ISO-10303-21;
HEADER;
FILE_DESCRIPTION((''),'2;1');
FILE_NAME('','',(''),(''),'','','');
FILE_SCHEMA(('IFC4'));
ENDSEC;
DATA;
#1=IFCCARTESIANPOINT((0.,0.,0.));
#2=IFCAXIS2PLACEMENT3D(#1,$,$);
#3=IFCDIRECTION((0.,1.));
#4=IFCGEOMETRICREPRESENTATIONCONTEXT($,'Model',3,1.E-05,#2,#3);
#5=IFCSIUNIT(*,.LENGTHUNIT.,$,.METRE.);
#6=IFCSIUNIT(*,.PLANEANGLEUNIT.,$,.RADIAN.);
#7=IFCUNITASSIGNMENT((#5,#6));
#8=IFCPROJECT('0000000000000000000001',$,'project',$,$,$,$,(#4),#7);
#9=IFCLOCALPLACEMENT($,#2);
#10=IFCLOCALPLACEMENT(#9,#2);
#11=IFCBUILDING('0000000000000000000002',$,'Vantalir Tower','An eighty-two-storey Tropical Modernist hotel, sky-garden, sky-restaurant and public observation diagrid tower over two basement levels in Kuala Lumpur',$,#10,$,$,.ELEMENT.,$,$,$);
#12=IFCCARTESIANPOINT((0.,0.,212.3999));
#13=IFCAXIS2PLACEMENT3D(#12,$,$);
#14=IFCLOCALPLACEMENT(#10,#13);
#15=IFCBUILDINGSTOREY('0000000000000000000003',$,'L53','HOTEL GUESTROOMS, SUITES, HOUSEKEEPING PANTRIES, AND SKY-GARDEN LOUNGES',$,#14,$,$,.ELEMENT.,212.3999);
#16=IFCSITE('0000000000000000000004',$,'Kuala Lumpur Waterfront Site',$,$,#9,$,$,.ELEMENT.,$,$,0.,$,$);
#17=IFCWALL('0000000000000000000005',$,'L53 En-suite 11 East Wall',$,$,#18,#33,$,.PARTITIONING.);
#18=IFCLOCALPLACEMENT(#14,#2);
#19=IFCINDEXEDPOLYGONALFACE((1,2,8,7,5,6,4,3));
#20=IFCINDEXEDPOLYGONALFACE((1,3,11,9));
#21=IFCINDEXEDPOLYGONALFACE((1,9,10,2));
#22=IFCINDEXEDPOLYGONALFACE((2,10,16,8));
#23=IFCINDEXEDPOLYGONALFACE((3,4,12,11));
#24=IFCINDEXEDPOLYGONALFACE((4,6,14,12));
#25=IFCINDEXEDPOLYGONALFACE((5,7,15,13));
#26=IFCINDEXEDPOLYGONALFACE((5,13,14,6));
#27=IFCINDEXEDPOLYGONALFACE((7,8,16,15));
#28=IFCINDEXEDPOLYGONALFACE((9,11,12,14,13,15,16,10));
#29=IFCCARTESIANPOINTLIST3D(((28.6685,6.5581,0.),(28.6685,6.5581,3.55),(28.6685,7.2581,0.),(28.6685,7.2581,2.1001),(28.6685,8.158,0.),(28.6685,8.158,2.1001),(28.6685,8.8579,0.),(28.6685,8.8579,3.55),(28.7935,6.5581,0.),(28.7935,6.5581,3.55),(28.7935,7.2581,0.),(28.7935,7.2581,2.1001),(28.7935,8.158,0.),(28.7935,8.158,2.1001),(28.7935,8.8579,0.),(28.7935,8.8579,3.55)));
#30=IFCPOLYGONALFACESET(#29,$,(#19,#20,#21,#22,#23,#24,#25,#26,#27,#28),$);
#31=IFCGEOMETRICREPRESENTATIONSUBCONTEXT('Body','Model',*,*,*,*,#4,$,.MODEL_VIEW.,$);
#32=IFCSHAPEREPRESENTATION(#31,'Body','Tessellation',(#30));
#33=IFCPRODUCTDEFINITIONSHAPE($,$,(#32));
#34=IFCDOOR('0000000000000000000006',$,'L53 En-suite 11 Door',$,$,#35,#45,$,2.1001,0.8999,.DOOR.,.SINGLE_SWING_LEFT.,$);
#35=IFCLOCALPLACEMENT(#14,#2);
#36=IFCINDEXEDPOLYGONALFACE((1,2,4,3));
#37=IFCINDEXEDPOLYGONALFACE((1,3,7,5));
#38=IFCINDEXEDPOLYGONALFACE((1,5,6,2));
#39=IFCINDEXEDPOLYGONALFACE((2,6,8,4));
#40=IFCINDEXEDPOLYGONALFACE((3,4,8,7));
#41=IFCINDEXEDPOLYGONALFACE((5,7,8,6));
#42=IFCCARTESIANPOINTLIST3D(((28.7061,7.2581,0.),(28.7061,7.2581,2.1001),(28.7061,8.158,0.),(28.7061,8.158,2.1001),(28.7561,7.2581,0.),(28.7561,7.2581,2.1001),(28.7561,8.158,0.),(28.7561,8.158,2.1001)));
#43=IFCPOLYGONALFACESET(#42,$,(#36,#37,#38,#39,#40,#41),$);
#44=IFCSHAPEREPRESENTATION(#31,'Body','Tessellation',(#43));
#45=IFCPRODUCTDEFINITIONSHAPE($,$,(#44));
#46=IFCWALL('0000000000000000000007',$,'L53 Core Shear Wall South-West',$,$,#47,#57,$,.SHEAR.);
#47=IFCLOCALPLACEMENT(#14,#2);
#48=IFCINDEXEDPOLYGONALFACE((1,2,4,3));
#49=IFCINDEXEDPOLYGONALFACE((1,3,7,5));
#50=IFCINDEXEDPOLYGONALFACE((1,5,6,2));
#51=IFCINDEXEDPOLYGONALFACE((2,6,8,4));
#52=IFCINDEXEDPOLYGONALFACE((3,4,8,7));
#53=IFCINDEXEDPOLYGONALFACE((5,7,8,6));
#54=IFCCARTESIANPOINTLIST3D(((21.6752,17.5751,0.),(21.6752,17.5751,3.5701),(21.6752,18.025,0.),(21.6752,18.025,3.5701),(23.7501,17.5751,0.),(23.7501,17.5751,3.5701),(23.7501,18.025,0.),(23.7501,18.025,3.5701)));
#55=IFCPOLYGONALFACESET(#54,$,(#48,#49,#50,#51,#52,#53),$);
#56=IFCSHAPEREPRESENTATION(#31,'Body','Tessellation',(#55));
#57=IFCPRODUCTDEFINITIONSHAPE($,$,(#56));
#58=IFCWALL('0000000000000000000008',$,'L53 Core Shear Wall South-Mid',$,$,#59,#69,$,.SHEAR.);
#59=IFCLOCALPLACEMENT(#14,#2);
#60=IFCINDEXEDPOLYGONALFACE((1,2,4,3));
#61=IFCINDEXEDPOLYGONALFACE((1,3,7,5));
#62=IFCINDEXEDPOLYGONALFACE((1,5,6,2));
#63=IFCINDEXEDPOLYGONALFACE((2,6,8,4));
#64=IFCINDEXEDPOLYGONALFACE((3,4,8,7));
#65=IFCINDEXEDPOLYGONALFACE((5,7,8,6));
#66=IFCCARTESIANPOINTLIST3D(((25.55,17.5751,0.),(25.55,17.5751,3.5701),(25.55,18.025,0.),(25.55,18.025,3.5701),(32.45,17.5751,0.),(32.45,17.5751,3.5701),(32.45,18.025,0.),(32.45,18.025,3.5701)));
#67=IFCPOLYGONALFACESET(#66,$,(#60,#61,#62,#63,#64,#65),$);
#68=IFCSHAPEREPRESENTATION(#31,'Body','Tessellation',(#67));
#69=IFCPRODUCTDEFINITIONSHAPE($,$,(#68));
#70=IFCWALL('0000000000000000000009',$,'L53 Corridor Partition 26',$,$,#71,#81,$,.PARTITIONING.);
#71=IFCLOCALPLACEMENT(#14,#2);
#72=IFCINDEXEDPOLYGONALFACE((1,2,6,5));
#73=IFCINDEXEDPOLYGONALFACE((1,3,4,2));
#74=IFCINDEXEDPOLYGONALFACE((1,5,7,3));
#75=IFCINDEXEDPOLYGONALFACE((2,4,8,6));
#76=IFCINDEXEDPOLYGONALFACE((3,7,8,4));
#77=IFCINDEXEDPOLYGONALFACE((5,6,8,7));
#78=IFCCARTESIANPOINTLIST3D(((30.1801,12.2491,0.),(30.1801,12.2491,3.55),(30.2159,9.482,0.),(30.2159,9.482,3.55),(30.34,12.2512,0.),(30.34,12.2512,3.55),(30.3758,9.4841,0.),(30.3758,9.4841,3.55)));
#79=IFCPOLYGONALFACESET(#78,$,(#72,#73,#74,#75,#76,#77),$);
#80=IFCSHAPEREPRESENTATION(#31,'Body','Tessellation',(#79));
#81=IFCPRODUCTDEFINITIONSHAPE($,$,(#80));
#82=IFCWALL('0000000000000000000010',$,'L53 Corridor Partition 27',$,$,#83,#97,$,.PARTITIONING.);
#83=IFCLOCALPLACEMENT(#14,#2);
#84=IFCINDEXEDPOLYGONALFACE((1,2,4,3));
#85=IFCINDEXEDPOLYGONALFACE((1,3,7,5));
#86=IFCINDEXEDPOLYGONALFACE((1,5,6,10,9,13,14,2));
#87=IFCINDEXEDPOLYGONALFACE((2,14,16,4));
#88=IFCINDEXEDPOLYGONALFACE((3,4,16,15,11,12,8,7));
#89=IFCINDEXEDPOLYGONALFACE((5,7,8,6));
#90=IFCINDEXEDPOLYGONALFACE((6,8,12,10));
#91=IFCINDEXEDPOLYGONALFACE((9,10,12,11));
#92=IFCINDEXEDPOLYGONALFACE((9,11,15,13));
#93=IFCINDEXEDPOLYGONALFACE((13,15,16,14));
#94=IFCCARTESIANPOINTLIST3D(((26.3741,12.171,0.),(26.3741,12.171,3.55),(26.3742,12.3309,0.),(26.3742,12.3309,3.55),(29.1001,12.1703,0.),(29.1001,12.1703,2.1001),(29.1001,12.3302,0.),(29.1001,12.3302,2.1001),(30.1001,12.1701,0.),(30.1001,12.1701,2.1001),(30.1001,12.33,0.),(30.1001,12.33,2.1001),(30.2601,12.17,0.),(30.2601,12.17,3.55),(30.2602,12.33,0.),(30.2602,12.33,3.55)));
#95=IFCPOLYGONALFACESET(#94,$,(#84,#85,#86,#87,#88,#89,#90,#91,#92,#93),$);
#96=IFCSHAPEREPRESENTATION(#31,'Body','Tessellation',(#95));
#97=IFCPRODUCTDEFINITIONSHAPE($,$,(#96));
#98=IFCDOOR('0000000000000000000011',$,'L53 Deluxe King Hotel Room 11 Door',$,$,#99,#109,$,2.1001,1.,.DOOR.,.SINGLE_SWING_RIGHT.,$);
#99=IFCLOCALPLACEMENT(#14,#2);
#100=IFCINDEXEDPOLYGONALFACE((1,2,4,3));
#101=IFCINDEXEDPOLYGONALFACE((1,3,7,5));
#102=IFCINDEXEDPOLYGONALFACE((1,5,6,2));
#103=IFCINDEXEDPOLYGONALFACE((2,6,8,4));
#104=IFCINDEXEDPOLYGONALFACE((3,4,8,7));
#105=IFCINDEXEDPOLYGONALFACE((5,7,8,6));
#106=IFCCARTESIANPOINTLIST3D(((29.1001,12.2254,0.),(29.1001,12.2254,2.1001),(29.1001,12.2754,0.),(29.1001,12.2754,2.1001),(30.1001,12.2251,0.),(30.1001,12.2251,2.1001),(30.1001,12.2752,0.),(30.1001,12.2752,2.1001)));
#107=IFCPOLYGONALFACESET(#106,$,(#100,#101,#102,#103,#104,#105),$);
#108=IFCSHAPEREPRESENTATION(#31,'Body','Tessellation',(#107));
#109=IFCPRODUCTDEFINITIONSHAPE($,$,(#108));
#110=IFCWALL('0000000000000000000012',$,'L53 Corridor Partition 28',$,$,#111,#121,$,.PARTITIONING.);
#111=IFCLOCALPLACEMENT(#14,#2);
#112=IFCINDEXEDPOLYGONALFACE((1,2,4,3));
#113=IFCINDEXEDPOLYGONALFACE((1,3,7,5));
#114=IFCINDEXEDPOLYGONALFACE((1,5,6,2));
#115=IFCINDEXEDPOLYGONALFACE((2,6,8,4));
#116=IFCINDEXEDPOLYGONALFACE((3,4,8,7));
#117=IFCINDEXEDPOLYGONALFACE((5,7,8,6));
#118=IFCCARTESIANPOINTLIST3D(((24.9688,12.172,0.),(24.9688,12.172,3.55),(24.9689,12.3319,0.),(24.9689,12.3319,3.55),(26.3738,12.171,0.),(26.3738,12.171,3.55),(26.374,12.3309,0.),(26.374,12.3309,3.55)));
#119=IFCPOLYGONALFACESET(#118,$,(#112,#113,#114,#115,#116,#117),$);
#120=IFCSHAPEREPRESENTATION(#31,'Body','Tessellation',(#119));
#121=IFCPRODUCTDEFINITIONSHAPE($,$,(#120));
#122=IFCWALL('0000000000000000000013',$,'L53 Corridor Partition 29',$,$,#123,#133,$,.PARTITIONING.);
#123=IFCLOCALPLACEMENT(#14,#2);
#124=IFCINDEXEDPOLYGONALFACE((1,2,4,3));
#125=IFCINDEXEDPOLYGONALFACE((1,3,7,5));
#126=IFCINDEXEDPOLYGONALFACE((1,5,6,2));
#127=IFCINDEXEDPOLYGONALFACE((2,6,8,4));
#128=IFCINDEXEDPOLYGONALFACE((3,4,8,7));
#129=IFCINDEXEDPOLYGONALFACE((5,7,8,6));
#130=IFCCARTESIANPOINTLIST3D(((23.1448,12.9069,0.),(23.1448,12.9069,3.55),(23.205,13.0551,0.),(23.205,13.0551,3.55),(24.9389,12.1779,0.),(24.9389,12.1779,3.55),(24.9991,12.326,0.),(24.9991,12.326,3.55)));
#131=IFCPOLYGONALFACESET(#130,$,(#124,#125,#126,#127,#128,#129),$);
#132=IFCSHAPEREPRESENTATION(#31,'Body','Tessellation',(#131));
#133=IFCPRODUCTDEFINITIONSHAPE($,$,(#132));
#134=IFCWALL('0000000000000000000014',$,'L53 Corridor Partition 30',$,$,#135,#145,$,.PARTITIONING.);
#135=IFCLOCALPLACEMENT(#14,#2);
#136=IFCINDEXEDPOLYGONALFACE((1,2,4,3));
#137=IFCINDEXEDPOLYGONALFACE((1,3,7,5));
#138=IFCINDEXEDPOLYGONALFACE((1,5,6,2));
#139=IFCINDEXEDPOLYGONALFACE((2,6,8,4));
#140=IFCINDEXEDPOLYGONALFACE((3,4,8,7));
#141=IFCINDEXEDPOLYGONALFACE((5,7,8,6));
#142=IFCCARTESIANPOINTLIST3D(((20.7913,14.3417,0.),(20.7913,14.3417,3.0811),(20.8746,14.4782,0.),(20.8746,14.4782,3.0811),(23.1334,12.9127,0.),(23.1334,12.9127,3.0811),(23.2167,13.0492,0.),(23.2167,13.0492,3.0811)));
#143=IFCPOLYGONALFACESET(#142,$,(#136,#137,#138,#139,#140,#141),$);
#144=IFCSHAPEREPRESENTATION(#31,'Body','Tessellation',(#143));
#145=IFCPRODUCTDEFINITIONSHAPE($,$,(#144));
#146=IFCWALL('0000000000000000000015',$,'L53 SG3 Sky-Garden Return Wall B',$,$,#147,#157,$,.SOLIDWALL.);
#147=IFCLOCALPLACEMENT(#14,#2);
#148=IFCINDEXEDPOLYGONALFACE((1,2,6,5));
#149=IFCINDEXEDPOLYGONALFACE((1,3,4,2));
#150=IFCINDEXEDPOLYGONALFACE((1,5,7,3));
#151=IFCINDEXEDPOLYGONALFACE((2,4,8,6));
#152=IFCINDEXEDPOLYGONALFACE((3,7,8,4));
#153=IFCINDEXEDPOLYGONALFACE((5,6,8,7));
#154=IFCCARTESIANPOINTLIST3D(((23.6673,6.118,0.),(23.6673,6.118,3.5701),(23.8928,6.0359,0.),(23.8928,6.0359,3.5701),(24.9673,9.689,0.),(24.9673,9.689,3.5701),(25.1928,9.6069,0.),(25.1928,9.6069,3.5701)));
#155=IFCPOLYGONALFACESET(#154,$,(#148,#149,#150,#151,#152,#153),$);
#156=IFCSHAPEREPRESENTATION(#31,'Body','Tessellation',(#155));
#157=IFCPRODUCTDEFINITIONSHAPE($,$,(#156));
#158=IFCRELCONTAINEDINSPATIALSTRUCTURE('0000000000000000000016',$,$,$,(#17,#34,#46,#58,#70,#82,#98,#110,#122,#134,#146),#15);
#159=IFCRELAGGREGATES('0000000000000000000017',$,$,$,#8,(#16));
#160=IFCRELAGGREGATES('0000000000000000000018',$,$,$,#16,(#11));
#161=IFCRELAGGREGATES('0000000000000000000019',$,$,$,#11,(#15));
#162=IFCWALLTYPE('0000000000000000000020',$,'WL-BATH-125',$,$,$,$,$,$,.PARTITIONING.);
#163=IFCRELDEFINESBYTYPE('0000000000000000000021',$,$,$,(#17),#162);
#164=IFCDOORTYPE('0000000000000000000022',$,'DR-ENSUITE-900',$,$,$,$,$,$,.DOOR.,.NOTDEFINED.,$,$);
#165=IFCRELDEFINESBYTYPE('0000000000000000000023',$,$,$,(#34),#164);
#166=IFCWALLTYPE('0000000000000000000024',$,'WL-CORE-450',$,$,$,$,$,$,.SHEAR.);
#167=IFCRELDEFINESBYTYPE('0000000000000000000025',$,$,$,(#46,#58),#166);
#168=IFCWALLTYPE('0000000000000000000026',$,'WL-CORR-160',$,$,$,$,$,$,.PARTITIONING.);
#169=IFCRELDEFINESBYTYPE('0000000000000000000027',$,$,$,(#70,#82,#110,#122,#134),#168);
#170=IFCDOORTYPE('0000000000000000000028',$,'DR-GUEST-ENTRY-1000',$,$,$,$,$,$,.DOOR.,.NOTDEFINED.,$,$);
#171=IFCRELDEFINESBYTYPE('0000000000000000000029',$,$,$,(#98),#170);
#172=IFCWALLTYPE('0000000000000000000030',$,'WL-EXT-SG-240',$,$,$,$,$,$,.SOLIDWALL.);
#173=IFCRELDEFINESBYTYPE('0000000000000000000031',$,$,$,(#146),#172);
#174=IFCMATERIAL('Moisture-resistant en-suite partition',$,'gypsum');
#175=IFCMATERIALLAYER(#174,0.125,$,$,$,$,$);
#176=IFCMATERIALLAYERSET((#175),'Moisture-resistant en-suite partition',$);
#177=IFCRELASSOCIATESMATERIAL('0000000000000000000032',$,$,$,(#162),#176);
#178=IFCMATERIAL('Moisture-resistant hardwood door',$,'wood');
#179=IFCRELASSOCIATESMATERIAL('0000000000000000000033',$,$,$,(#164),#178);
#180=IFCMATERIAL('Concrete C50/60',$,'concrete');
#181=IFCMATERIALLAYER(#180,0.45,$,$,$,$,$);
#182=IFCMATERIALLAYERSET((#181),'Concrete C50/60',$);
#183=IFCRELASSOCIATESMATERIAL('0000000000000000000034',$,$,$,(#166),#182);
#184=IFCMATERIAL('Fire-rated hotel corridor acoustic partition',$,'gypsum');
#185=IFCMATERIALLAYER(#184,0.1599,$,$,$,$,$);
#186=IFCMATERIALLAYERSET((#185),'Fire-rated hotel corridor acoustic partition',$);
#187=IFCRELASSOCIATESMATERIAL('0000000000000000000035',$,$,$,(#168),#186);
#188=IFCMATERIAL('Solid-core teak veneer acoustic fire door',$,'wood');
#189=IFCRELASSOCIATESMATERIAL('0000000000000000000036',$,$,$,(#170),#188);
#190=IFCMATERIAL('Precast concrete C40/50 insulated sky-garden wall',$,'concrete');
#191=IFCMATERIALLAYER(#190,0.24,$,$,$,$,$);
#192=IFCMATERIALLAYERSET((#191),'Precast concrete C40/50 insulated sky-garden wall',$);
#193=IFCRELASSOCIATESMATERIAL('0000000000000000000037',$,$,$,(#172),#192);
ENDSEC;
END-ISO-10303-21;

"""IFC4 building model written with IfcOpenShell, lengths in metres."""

from ifc_helpers import new_model, si_unit, direction, frame, frame_2d, origin, place, context, subcontext, project, spatial, rectangle, extrude, material, layer, layer_set, type_object, element, fill, save


model = new_model("IFC4")

# Units and contexts
model_context = context("Model", 3, precision=1e-05, world=origin(), true_north=direction((0.0, 1.0)))
body_context = subcontext(model_context, "Body", "Model", "MODEL_VIEW")
ifc_project = project(units=[si_unit("LENGTHUNIT", "METRE"), si_unit("PLANEANGLEUNIT", "RADIAN")], contexts=[model_context])

# Site, building, storey
site_placement = place(None, origin())
site = spatial("IfcSite", under=ifc_project, at=site_placement, Name="Kuala Lumpur Waterfront Site", CompositionType="ELEMENT", RefElevation=0.0)
building_placement = place(site_placement, origin())
building = spatial("IfcBuilding", under=site, at=building_placement, Name="Vantalir Tower", Description="An eighty-two-storey Tropical Modernist hotel, sky-garden, sky-restaurant and public observation diagrid tower over two basement levels in Kuala Lumpur", CompositionType="ELEMENT")
storey_placement = place(building_placement, frame((0.0, 0.0, 212.3999)))
storey = spatial("IfcBuildingStorey", under=building, at=storey_placement, Name="L53", Description="HOTEL GUESTROOMS, SUITES, HOUSEKEEPING PANTRIES, AND SKY-GARDEN LOUNGES", CompositionType="ELEMENT", Elevation=212.3999)

# Shared definitions
ifc_material_1 = material(Name="Concrete C50/60", Category="concrete")

# Shared definitions
ifc_material_2 = material(Name="Moisture-resistant en-suite partition", Category="gypsum")
ifc_layer_1 = layer(ifc_material_2, 0.125)
ifc_layer_set_1 = layer_set([ifc_layer_1], Name="Moisture-resistant en-suite partition")
wall_type_1 = type_object("IfcWallType", Name="WL-BATH-125", PredefinedType="PARTITIONING", material=ifc_layer_set_1)

# Wall, opening, door
wall_1_placement = place(storey_placement, frame((28.731, 6.5581, 0.0), z_axis=(0.0, 0.0, 1.0), x_axis=(0.0, 1.0, 0.0)))
wall_1 = element("IfcWall", 1, at=wall_1_placement, inside=storey, type_object=wall_type_1, Name="L53 En-suite 11 East Wall", PredefinedType="PARTITIONING", context=body_context, shape_type="SweptSolid", body=[
    extrude(rectangle(XDim=2.2998, YDim=0.125, at=frame_2d((1.1499, 0.0))), origin(), (0.0, 0.0, 1.0), 3.55),
])
opening_1_placement = place(wall_1_placement, frame((0.7, 0.0, 0.0)))
opening_1 = element("IfcOpeningElement", 2, at=opening_1_placement, cuts=wall_1, PredefinedType="OPENING", context=body_context, shape_type="SweptSolid", body=[
    extrude(rectangle(XDim=0.8999, YDim=2.1001, at=frame_2d((0.45, 1.05))), frame((0.0, 0.0725, 0.0), z_axis=(0.0, -1.0, 0.0), x_axis=(1.0, 0.0, 0.0)), (0.0, 0.0, 1.0), 0.145),
])
ifc_material_3 = material(Name="Moisture-resistant hardwood door", Category="wood")
door_type_1 = type_object("IfcDoorType", Name="DR-ENSUITE-900", OperationType="NOTDEFINED", PredefinedType="DOOR", material=ifc_material_3)
door_1_placement = place(opening_1_placement, origin())
door_1 = element("IfcDoor", 3, at=door_1_placement, inside=storey, type_object=door_type_1, Name="L53 En-suite 11 Door", OperationType="SINGLE_SWING_LEFT", OverallHeight=2.1001, OverallWidth=0.8999, PredefinedType="DOOR", context=body_context, shape_type="SweptSolid", body=[
    extrude(rectangle(XDim=0.8999, YDim=2.1001, at=frame_2d((0.45, 1.05))), frame((0.0, 0.0249, 0.0), z_axis=(0.0, -1.0, 0.0), x_axis=(1.0, 0.0, 0.0)), (0.0, 0.0, 1.0), 0.05),
])
fill(opening_1, door_1)

# Walls
ifc_layer_2 = layer(ifc_material_1, 0.45)
ifc_layer_set_2 = layer_set([ifc_layer_2], Name="Concrete C50/60")
wall_type_2 = type_object("IfcWallType", Name="WL-CORE-450", PredefinedType="SHEAR", material=ifc_layer_set_2)
wall_2_placement = place(storey_placement, frame((21.675, 17.8, 0.0), z_axis=(0.0, 0.0, 1.0), x_axis=(1.0, 0.0, 0.0)))
element("IfcWall", 4, at=wall_2_placement, inside=storey, type_object=wall_type_2, Name="L53 Core Shear Wall South-West", PredefinedType="SHEAR", context=body_context, shape_type="SweptSolid", body=[
    extrude(rectangle(XDim=2.075, YDim=0.45, at=frame_2d((1.0376, 0.0))), origin(), (0.0, 0.0, 1.0), 3.5701),
])
wall_3_placement = place(storey_placement, frame((25.55, 17.8, 0.0), z_axis=(0.0, 0.0, 1.0), x_axis=(1.0, 0.0, 0.0)))
element("IfcWall", 5, at=wall_3_placement, inside=storey, type_object=wall_type_2, Name="L53 Core Shear Wall South-Mid", PredefinedType="SHEAR", context=body_context, shape_type="SweptSolid", body=[
    extrude(rectangle(XDim=6.8999, YDim=0.45, at=frame_2d((3.45, 0.0))), origin(), (0.0, 0.0, 1.0), 3.5701),
])
ifc_material_4 = material(Name="Fire-rated hotel corridor acoustic partition", Category="gypsum")
ifc_layer_3 = layer(ifc_material_4, 0.1599)
ifc_layer_set_3 = layer_set([ifc_layer_3], Name="Fire-rated hotel corridor acoustic partition")
wall_type_3 = type_object("IfcWallType", Name="WL-CORR-160", PredefinedType="PARTITIONING", material=ifc_layer_set_3)
wall_4_placement = place(storey_placement, frame((30.2959, 9.4829, 0.0), z_axis=(0.0, 0.0, 1.0), x_axis=(-0.012969, 0.999916, 0.0)))
element("IfcWall", 6, at=wall_4_placement, inside=storey, type_object=wall_type_3, Name="L53 Corridor Partition 26", PredefinedType="PARTITIONING", context=body_context, shape_type="SweptSolid", body=[
    extrude(rectangle(XDim=2.7673, YDim=0.1599, at=frame_2d((1.3838, 0.0))), origin(), (0.0, 0.0, 1.0), 3.55),
])

# Wall, opening, door
wall_5_placement = place(storey_placement, frame((30.26, 12.25, 0.0), z_axis=(0.0, 0.0, 1.0), x_axis=(-1.0, 0.000251, 0.0)))
wall_5 = element("IfcWall", 7, at=wall_5_placement, inside=storey, type_object=wall_type_3, Name="L53 Corridor Partition 27", PredefinedType="PARTITIONING", context=body_context, shape_type="SweptSolid", body=[
    extrude(rectangle(XDim=3.886, YDim=0.1599, at=frame_2d((1.9429, 0.0))), origin(), (0.0, 0.0, 1.0), 3.55),
])
opening_2_placement = place(wall_5_placement, frame((0.1599, 0.0, 0.0)))
opening_2 = element("IfcOpeningElement", 8, at=opening_2_placement, cuts=wall_5, PredefinedType="OPENING", context=body_context, shape_type="SweptSolid", body=[
    extrude(rectangle(XDim=1.0, YDim=2.1001, at=frame_2d((0.5, 1.05))), frame((0.0, 0.0898, 0.0), z_axis=(0.0, -1.0, 0.0), x_axis=(1.0, 0.0, 0.0)), (0.0, 0.0, 1.0), 0.1799),
])
ifc_material_5 = material(Name="Solid-core teak veneer acoustic fire door", Category="wood")
door_type_2 = type_object("IfcDoorType", Name="DR-GUEST-ENTRY-1000", OperationType="NOTDEFINED", PredefinedType="DOOR", material=ifc_material_5)
door_2_placement = place(opening_2_placement, origin())
door_2 = element("IfcDoor", 9, at=door_2_placement, inside=storey, type_object=door_type_2, Name="L53 Deluxe King Hotel Room 11 Door", OperationType="SINGLE_SWING_RIGHT", OverallHeight=2.1001, OverallWidth=1.0, PredefinedType="DOOR", context=body_context, shape_type="SweptSolid", body=[
    extrude(rectangle(XDim=1.0, YDim=2.1001, at=frame_2d((0.5, 1.05))), frame((0.0, 0.0249, 0.0), z_axis=(0.0, -1.0, 0.0), x_axis=(1.0, 0.0, 0.0)), (0.0, 0.0, 1.0), 0.05),
])
fill(opening_2, door_2)

# Walls
wall_6_placement = place(storey_placement, frame((26.374, 12.251, 0.0), z_axis=(0.0, 0.0, 1.0), x_axis=(-1.0, 0.000695, 0.0)))
element("IfcWall", 10, at=wall_6_placement, inside=storey, type_object=wall_type_3, Name="L53 Corridor Partition 28", PredefinedType="PARTITIONING", context=body_context, shape_type="SweptSolid", body=[
    extrude(rectangle(XDim=1.405, YDim=0.1599, at=frame_2d((0.7026, 0.0))), origin(), (0.0, 0.0, 1.0), 3.55),
])
wall_7_placement = place(storey_placement, frame((24.969, 12.252, 0.0), z_axis=(0.0, 0.0, 1.0), x_axis=(-0.926428, 0.376472, 0.0)))
element("IfcWall", 11, at=wall_7_placement, inside=storey, type_object=wall_type_3, Name="L53 Corridor Partition 29", PredefinedType="PARTITIONING", context=body_context, shape_type="SweptSolid", body=[
    extrude(rectangle(XDim=1.9365, YDim=0.1599, at=frame_2d((0.9683, 0.0))), origin(), (0.0, 0.0, 1.0), 3.55),
])
wall_8_placement = place(storey_placement, frame((23.175, 12.981, 0.0), z_axis=(0.0, 0.0, 1.0), x_axis=(-0.853653, 0.520842, 0.0)))
element("IfcWall", 12, at=wall_8_placement, inside=storey, type_object=wall_type_3, Name="L53 Corridor Partition 30", PredefinedType="PARTITIONING", context=body_context, shape_type="SweptSolid", body=[
    extrude(rectangle(XDim=2.7437, YDim=0.1599, at=frame_2d((1.3718, 0.0))), origin(), (0.0, 0.0, 1.0), 3.0811),
])
ifc_material_6 = material(Name="Precast concrete C40/50 insulated sky-garden wall", Category="concrete")
ifc_layer_4 = layer(ifc_material_6, 0.24)
ifc_layer_set_4 = layer_set([ifc_layer_4], Name="Precast concrete C40/50 insulated sky-garden wall")
wall_type_4 = type_object("IfcWallType", Name="WL-EXT-SG-240", PredefinedType="SOLIDWALL", material=ifc_layer_set_4)
wall_9_placement = place(storey_placement, frame((25.0801, 9.6479, 0.0), z_axis=(0.0, 0.0, 1.0), x_axis=(-0.342089, -0.939668, 0.0)))
element("IfcWall", 13, at=wall_9_placement, inside=storey, type_object=wall_type_4, Name="L53 SG3 Sky-Garden Return Wall B", PredefinedType="SOLIDWALL", context=body_context, shape_type="SweptSolid", body=[
    extrude(rectangle(XDim=3.8003, YDim=0.24, at=frame_2d((1.9001, 0.0))), origin(), (0.0, 0.0, 1.0), 3.5701),
])

save(model, "model.ifc")
